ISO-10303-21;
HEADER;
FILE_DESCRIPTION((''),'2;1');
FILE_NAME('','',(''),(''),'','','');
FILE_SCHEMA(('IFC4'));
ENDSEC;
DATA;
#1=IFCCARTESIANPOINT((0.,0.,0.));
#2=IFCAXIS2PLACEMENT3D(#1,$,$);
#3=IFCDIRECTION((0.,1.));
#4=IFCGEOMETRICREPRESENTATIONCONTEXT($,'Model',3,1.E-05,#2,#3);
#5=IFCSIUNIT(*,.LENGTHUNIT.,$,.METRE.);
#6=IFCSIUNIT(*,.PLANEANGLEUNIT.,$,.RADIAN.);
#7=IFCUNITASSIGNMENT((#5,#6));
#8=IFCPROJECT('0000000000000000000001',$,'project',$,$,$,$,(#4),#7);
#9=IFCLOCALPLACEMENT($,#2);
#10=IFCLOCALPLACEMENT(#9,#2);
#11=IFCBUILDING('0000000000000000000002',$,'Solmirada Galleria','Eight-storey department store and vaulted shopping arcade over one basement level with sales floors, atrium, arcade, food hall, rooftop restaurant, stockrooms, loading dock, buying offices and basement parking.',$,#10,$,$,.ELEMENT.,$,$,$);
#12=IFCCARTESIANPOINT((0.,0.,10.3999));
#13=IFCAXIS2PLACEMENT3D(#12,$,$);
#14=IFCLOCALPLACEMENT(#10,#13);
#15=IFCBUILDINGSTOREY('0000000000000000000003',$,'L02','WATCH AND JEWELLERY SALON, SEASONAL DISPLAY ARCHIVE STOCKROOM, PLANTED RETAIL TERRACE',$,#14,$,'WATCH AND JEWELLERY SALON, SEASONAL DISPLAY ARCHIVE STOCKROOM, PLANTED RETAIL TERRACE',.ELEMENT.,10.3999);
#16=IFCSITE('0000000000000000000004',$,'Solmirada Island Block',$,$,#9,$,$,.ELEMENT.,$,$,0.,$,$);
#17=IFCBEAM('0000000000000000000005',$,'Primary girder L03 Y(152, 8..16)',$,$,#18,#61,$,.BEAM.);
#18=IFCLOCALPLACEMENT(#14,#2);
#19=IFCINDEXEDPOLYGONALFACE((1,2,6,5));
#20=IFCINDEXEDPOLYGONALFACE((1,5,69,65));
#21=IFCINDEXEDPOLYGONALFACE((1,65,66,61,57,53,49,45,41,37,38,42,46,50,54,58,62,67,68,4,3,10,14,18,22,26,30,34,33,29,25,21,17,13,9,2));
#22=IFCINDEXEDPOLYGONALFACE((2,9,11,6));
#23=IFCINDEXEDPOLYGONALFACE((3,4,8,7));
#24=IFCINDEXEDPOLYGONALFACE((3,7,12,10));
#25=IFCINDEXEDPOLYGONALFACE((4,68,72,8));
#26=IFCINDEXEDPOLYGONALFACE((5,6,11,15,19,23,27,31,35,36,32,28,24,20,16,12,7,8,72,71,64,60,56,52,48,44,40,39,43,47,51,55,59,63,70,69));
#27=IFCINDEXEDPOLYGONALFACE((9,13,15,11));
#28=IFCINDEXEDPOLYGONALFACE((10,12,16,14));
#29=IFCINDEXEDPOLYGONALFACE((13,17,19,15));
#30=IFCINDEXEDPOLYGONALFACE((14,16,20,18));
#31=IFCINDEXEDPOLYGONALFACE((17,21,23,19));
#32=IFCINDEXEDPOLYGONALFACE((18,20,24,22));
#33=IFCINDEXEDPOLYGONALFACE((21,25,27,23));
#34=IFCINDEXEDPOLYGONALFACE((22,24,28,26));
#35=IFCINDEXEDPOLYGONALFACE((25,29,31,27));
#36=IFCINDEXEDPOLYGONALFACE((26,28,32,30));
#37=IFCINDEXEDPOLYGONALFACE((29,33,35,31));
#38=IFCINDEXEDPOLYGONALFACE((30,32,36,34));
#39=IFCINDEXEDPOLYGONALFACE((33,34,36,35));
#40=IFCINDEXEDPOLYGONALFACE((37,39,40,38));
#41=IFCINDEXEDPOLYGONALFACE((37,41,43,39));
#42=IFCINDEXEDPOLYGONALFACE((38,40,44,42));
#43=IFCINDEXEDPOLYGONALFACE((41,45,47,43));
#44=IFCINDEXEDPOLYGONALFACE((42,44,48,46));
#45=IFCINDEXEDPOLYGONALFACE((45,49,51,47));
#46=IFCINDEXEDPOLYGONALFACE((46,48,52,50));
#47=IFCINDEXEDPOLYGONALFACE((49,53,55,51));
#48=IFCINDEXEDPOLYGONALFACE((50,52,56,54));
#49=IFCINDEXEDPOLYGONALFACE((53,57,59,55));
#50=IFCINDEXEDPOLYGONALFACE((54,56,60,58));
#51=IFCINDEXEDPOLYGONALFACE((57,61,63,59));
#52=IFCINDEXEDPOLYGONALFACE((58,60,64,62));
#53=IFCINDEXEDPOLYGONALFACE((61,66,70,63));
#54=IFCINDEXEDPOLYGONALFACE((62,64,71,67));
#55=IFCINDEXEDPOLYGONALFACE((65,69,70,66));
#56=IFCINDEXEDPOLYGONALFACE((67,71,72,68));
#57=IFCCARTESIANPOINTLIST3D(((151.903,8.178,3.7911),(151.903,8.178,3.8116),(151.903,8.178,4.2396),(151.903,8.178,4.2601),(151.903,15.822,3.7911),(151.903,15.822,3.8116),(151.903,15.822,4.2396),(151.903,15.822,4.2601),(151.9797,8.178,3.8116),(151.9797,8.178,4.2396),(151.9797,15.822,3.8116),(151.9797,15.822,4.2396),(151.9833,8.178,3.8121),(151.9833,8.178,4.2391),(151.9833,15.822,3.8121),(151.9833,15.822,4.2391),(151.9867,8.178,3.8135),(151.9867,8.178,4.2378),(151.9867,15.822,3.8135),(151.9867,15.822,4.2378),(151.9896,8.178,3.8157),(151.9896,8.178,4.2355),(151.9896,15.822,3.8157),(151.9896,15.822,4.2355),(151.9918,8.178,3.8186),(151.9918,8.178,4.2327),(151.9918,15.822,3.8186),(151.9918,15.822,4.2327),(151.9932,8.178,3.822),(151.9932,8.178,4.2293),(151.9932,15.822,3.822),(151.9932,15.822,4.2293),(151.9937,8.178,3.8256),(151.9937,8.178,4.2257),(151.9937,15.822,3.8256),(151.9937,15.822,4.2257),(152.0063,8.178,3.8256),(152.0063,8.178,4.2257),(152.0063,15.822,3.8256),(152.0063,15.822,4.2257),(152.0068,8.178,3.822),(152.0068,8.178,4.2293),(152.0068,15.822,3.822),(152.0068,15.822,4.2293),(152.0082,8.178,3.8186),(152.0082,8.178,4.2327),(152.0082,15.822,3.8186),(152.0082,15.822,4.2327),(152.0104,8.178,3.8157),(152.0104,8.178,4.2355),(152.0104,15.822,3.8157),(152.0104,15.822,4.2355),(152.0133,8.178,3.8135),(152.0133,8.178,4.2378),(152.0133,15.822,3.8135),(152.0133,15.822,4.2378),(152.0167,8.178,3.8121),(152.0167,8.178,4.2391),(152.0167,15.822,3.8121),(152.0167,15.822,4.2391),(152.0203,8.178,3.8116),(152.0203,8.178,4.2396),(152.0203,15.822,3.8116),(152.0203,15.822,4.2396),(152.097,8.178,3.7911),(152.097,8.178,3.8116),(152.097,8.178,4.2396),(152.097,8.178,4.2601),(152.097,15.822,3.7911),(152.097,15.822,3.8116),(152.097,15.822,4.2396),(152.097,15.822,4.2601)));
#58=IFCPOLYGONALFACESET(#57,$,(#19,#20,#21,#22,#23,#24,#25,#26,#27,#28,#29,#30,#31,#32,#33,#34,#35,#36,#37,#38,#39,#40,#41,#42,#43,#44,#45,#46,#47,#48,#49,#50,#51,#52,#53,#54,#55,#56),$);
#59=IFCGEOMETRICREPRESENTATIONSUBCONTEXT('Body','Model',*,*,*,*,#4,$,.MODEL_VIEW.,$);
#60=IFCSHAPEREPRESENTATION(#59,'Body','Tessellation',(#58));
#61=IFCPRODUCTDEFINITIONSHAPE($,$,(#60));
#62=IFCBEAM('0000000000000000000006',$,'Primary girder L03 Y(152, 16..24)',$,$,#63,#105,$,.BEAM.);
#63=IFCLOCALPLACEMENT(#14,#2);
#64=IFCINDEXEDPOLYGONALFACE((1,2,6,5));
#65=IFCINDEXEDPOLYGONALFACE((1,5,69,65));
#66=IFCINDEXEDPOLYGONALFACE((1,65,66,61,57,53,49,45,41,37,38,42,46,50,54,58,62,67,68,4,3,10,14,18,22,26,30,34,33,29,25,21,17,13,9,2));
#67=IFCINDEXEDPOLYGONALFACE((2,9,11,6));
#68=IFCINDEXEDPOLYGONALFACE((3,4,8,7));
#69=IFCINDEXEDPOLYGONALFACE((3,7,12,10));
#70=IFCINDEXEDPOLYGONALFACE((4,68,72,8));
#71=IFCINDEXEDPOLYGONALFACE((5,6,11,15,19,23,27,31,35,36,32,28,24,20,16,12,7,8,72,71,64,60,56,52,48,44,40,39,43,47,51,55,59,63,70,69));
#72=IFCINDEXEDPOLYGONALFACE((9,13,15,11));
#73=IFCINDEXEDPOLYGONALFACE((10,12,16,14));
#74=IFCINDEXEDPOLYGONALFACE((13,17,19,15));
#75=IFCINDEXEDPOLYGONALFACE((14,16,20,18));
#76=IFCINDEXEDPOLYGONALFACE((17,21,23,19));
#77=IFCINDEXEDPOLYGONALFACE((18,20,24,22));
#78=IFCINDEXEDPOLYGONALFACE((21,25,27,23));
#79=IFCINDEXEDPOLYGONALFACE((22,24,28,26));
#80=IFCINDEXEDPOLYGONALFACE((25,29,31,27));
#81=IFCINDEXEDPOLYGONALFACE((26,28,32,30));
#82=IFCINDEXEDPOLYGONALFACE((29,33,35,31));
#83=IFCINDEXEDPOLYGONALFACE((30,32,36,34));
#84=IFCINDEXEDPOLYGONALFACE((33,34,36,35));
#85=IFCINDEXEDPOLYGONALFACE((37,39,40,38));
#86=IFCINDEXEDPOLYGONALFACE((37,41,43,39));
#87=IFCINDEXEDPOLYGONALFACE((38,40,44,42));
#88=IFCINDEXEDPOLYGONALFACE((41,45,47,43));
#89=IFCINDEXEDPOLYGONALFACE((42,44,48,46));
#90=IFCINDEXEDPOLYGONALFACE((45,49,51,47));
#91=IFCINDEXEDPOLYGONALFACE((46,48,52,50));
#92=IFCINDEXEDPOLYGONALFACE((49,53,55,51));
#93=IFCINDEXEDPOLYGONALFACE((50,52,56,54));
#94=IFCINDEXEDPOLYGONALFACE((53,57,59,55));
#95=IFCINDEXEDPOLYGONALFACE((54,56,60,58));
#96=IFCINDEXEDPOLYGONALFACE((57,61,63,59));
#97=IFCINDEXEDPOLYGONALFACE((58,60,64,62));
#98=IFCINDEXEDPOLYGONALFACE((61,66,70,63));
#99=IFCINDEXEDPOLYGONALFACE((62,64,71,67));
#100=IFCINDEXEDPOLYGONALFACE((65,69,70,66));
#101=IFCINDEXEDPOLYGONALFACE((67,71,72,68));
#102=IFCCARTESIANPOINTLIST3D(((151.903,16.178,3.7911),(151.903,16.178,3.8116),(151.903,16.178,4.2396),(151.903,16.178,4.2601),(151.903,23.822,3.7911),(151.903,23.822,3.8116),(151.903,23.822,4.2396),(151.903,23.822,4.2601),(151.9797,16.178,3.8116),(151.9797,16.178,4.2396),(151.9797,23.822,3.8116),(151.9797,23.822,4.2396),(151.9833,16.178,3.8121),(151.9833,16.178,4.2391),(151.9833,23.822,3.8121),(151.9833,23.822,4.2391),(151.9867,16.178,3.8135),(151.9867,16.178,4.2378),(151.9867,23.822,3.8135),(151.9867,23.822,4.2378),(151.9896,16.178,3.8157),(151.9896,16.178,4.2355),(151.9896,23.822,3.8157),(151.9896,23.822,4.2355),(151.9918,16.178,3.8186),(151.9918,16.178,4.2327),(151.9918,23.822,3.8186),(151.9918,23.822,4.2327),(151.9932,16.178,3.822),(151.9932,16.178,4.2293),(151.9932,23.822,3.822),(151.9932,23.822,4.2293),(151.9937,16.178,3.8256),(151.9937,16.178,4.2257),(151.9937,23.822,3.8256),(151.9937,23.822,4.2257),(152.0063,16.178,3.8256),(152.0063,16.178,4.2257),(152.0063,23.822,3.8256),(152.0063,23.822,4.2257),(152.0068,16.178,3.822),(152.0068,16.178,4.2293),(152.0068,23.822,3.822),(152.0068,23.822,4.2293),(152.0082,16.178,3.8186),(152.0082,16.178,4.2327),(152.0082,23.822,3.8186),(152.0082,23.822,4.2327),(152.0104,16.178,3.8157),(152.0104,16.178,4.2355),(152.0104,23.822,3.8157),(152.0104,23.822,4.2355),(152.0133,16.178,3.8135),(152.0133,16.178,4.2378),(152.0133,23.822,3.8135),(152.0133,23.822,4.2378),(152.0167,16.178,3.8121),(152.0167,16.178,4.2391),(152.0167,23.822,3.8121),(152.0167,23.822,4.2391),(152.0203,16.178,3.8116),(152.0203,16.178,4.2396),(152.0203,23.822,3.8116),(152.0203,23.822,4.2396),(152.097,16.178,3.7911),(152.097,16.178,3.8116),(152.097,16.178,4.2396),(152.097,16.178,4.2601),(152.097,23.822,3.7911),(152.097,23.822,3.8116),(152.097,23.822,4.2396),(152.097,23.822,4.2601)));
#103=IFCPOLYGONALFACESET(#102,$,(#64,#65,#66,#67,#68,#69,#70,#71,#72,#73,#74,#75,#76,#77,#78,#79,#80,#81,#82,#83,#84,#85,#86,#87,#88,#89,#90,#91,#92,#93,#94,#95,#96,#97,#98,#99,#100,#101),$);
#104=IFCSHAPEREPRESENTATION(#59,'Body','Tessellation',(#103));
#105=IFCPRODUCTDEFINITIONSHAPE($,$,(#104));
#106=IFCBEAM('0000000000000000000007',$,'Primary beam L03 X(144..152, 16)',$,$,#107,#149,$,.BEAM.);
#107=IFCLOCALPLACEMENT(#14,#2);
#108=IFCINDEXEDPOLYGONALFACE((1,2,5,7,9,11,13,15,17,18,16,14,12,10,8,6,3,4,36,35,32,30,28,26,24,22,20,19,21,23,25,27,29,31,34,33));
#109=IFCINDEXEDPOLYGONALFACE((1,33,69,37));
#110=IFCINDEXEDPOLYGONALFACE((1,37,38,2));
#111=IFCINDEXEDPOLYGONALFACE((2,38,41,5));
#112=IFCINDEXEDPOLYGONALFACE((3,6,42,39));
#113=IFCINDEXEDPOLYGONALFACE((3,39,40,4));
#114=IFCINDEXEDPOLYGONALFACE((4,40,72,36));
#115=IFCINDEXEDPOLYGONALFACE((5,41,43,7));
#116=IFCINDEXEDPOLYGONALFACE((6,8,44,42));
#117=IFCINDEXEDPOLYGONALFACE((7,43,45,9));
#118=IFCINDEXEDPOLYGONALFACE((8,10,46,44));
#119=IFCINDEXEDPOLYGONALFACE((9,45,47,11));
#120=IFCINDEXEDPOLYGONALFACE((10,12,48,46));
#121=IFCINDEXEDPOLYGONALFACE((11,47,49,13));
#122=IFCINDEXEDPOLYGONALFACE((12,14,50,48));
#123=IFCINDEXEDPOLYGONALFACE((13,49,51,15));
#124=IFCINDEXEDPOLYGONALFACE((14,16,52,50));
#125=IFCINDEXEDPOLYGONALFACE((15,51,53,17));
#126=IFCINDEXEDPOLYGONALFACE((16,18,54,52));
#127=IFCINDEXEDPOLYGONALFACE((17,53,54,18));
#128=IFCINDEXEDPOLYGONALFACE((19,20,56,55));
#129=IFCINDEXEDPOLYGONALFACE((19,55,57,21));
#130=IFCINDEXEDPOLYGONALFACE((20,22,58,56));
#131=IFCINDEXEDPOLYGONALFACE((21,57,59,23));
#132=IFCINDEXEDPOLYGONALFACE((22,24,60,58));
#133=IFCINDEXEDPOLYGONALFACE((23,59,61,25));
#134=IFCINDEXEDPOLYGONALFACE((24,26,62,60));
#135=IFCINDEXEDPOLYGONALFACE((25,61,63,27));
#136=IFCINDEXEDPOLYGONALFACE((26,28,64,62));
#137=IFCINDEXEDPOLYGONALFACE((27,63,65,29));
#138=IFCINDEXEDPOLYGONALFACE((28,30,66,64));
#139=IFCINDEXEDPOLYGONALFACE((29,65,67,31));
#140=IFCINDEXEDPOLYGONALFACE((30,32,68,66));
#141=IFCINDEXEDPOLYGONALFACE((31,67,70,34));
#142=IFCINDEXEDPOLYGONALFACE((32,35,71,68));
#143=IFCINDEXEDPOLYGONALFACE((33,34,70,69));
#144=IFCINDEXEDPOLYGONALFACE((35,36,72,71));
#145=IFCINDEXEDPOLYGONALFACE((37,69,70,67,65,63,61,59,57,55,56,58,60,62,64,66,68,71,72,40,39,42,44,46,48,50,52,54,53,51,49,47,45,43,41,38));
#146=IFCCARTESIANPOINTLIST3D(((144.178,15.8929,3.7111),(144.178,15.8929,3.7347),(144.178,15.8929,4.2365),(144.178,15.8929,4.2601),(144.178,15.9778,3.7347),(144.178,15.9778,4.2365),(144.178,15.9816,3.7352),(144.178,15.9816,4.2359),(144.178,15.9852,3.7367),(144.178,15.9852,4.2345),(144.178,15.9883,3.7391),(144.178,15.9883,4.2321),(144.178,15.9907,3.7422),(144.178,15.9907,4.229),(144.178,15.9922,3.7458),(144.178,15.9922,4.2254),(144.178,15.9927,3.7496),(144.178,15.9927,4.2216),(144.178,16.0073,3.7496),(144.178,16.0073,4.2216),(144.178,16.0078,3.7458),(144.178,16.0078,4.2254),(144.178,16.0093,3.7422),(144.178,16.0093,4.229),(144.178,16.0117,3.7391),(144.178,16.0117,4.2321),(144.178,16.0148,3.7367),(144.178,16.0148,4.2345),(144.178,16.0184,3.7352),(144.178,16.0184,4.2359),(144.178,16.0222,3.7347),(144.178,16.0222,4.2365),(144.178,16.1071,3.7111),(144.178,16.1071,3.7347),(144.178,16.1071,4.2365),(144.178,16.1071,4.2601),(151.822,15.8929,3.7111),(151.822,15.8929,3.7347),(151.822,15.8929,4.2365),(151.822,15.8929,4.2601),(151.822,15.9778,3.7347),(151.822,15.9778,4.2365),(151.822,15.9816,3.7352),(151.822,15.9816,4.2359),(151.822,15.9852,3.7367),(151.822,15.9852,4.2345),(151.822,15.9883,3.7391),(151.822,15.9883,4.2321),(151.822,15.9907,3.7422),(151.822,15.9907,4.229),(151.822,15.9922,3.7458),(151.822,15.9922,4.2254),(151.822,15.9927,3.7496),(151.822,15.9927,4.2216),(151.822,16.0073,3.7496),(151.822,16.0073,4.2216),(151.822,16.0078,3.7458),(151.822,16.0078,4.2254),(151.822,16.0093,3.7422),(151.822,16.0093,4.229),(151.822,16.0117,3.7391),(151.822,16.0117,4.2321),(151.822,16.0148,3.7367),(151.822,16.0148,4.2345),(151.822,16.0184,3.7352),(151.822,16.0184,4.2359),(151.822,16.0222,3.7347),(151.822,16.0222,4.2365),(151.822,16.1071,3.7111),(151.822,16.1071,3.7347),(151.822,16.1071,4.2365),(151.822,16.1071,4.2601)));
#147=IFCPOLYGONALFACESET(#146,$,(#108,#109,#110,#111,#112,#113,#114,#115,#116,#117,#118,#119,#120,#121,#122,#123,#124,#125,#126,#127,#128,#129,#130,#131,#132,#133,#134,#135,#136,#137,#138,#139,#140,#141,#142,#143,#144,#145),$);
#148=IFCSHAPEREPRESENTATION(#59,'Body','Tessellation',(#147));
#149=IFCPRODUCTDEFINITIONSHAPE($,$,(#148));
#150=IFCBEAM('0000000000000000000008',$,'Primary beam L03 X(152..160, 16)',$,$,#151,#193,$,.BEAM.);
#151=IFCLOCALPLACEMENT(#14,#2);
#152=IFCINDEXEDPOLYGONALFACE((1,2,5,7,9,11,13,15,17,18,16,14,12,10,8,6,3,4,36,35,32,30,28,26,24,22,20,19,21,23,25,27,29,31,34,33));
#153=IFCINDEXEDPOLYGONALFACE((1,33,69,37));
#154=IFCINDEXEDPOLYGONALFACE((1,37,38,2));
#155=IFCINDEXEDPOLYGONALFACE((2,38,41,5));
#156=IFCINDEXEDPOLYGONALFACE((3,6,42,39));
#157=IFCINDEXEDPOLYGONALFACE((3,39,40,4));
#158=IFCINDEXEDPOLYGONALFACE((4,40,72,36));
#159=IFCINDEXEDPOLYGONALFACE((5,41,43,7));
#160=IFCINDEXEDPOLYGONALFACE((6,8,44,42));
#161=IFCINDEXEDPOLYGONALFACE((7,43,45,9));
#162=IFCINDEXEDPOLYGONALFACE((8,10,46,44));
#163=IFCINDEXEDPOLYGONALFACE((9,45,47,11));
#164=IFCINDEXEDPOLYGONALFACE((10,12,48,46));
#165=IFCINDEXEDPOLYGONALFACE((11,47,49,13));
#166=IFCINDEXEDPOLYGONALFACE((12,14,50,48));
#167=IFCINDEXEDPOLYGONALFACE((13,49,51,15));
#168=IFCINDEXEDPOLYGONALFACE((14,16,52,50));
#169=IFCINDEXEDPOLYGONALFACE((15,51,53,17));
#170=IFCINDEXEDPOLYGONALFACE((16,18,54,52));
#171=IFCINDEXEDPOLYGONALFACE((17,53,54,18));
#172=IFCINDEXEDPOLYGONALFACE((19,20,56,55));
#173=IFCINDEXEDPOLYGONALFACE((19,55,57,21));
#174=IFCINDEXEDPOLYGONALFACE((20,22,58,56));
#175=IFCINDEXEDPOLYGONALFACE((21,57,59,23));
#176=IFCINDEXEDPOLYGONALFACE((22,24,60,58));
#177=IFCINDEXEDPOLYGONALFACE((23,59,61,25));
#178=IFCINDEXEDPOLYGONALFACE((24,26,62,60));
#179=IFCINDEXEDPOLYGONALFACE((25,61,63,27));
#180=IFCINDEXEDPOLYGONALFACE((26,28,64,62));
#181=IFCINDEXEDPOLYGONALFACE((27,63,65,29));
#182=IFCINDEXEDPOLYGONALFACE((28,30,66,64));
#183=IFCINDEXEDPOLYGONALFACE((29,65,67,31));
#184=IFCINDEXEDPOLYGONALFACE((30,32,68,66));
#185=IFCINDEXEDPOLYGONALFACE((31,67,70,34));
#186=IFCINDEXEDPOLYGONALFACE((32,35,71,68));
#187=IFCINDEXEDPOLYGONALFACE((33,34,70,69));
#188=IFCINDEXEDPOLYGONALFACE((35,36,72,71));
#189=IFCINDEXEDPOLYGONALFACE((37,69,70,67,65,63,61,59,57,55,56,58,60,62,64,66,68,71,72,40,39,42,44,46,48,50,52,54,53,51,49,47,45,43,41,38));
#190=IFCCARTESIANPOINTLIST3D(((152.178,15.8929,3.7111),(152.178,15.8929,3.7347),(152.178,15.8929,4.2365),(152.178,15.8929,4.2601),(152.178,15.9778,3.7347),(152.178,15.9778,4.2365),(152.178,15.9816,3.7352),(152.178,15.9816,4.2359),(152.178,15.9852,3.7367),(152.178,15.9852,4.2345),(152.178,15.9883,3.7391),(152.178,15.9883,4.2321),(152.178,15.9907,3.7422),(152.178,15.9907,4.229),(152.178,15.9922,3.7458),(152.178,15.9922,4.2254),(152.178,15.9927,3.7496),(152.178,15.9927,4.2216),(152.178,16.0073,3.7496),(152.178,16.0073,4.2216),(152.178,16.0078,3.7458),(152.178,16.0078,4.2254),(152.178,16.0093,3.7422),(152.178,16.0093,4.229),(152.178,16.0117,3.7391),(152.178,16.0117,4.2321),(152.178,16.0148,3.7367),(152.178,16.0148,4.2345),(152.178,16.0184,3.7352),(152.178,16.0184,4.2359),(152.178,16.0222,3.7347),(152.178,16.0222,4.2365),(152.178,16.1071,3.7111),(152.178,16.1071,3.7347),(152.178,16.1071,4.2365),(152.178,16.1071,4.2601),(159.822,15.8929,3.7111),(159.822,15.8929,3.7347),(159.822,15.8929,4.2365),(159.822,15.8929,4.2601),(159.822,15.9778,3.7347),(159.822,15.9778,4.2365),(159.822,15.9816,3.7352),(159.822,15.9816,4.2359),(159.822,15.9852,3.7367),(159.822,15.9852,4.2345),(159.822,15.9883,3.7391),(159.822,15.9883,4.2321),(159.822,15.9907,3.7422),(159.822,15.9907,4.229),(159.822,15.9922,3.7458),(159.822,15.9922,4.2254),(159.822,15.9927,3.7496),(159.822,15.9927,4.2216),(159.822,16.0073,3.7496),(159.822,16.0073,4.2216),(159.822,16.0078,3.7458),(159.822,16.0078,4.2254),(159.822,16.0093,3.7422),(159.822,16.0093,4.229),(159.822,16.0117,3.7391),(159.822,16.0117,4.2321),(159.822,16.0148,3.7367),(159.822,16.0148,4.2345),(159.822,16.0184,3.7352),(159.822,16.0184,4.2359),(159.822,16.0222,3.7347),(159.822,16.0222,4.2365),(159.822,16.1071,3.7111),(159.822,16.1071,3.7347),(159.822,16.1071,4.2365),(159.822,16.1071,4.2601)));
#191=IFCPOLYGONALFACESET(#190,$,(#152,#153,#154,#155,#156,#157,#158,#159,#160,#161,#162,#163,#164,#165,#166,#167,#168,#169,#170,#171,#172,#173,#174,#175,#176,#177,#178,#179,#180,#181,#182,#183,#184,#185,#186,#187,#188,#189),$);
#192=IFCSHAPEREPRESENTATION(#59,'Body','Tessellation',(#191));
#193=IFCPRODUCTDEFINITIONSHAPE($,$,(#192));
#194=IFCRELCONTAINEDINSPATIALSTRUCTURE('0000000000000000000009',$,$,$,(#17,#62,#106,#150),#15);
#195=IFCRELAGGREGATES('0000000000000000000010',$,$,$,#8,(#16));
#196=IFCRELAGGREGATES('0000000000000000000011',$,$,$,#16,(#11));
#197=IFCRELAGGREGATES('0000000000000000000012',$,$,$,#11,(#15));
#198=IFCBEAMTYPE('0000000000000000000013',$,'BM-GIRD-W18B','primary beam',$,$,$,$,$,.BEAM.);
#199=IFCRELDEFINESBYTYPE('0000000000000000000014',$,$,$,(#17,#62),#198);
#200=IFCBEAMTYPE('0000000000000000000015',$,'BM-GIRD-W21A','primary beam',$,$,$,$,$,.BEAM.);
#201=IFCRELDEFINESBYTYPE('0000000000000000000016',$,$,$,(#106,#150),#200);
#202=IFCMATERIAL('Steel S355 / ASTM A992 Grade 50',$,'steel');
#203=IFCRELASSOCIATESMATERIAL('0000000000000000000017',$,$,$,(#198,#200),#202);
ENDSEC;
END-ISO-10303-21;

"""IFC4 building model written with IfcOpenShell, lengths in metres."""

from ifc_helpers import new_model, si_unit, direction, frame, origin, origin_2d, place, context, subcontext, project, spatial, i_section, extrude, material, material_profile, profile_set, type_object, element, save


model = new_model("IFC4")

# Units and contexts
model_context = context("Model", 3, precision=1e-05, world=origin(), true_north=direction((0.0, 1.0)))
body_context = subcontext(model_context, "Body", "Model", "MODEL_VIEW")
ifc_project = project(units=[si_unit("LENGTHUNIT", "METRE"), si_unit("PLANEANGLEUNIT", "RADIAN")], contexts=[model_context])

# Site, building, storey
site_placement = place(None, origin())
site = spatial("IfcSite", under=ifc_project, at=site_placement, Name="Solmirada Island Block", CompositionType="ELEMENT", RefElevation=0.0)
building_placement = place(site_placement, origin())
building = spatial("IfcBuilding", under=site, at=building_placement, Name="Solmirada Galleria", Description="Eight-storey department store and vaulted shopping arcade over one basement level with sales floors, atrium, arcade, food hall, rooftop restaurant, stockrooms, loading dock, buying offices and basement parking.", CompositionType="ELEMENT")
storey_placement = place(building_placement, frame((0.0, 0.0, 10.3999)))
storey = spatial("IfcBuildingStorey", under=building, at=storey_placement, Name="L02", Description="WATCH AND JEWELLERY SALON, SEASONAL DISPLAY ARCHIVE STOCKROOM, PLANTED RETAIL TERRACE", LongName="WATCH AND JEWELLERY SALON, SEASONAL DISPLAY ARCHIVE STOCKROOM, PLANTED RETAIL TERRACE", CompositionType="ELEMENT", Elevation=10.3999)

# Beams
ifc_material_1 = material(Name="Steel S355 / ASTM A992 Grade 50", Category="steel")
ifc_material_profile_1 = material_profile(ifc_material_1, i_section(OverallWidth=0.1941, OverallDepth=0.469, WebThickness=0.0127, FlangeThickness=0.0205, FilletRadius=0.0139, at=origin_2d()), Name="W18X71")
ifc_profile_set_1 = profile_set([ifc_material_profile_1], Name="Steel S355 / ASTM A992 Grade 50")
beam_type_1 = type_object("IfcBeamType", Name="BM-GIRD-W18B", Description="primary beam", PredefinedType="BEAM", material=ifc_profile_set_1)
for number, where, z_axis, x_axis, name in (
    (1, (152.0, 8.178, 4.0256), (0.0, 1.0, 0.0), (-1.0, 0.0, 0.0), "Primary girder L03 Y(152, 8..16)"),
    (2, (152.0, 16.178, 4.0256), (0.0, 1.0, 0.0), (-1.0, 0.0, 0.0), "Primary girder L03 Y(152, 16..24)"),
):
    element("IfcBeam", number, at=place(storey_placement, frame(where, z_axis=z_axis, x_axis=x_axis)), inside=storey, type_object=beam_type_1, Name=name, PredefinedType="BEAM", context=body_context, shape_type="SweptSolid", body=[
        extrude(i_section(OverallWidth=0.1941, OverallDepth=0.469, WebThickness=0.0127, FlangeThickness=0.0205, FilletRadius=0.0139, at=origin_2d()), origin(), (0.0, 0.0, 1.0), 7.644),
    ])
ifc_material_profile_2 = material_profile(ifc_material_1, i_section(OverallWidth=0.2141, OverallDepth=0.5491, WebThickness=0.0146, FlangeThickness=0.0237, FilletRadius=0.0149, at=origin_2d()), Name="W21X93")
ifc_profile_set_2 = profile_set([ifc_material_profile_2], Name="Steel S355 / ASTM A992 Grade 50")
beam_type_2 = type_object("IfcBeamType", Name="BM-GIRD-W21A", Description="primary beam", PredefinedType="BEAM", material=ifc_profile_set_2)
for number, where, z_axis, x_axis, name in (
    (3, (144.178, 16.0, 3.9856), (1.0, 0.0, 0.0), (0.0, 1.0, 0.0), "Primary beam L03 X(144..152, 16)"),
    (4, (152.178, 16.0, 3.9856), (1.0, 0.0, 0.0), (0.0, 1.0, 0.0), "Primary beam L03 X(152..160, 16)"),
):
    element("IfcBeam", number, at=place(storey_placement, frame(where, z_axis=z_axis, x_axis=x_axis)), inside=storey, type_object=beam_type_2, Name=name, PredefinedType="BEAM", context=body_context, shape_type="SweptSolid", body=[
        extrude(i_section(OverallWidth=0.2141, OverallDepth=0.5491, WebThickness=0.0146, FlangeThickness=0.0237, FilletRadius=0.0149, at=origin_2d()), origin(), (0.0, 0.0, 1.0), 7.644),
    ])

save(model, "model.ifc")
